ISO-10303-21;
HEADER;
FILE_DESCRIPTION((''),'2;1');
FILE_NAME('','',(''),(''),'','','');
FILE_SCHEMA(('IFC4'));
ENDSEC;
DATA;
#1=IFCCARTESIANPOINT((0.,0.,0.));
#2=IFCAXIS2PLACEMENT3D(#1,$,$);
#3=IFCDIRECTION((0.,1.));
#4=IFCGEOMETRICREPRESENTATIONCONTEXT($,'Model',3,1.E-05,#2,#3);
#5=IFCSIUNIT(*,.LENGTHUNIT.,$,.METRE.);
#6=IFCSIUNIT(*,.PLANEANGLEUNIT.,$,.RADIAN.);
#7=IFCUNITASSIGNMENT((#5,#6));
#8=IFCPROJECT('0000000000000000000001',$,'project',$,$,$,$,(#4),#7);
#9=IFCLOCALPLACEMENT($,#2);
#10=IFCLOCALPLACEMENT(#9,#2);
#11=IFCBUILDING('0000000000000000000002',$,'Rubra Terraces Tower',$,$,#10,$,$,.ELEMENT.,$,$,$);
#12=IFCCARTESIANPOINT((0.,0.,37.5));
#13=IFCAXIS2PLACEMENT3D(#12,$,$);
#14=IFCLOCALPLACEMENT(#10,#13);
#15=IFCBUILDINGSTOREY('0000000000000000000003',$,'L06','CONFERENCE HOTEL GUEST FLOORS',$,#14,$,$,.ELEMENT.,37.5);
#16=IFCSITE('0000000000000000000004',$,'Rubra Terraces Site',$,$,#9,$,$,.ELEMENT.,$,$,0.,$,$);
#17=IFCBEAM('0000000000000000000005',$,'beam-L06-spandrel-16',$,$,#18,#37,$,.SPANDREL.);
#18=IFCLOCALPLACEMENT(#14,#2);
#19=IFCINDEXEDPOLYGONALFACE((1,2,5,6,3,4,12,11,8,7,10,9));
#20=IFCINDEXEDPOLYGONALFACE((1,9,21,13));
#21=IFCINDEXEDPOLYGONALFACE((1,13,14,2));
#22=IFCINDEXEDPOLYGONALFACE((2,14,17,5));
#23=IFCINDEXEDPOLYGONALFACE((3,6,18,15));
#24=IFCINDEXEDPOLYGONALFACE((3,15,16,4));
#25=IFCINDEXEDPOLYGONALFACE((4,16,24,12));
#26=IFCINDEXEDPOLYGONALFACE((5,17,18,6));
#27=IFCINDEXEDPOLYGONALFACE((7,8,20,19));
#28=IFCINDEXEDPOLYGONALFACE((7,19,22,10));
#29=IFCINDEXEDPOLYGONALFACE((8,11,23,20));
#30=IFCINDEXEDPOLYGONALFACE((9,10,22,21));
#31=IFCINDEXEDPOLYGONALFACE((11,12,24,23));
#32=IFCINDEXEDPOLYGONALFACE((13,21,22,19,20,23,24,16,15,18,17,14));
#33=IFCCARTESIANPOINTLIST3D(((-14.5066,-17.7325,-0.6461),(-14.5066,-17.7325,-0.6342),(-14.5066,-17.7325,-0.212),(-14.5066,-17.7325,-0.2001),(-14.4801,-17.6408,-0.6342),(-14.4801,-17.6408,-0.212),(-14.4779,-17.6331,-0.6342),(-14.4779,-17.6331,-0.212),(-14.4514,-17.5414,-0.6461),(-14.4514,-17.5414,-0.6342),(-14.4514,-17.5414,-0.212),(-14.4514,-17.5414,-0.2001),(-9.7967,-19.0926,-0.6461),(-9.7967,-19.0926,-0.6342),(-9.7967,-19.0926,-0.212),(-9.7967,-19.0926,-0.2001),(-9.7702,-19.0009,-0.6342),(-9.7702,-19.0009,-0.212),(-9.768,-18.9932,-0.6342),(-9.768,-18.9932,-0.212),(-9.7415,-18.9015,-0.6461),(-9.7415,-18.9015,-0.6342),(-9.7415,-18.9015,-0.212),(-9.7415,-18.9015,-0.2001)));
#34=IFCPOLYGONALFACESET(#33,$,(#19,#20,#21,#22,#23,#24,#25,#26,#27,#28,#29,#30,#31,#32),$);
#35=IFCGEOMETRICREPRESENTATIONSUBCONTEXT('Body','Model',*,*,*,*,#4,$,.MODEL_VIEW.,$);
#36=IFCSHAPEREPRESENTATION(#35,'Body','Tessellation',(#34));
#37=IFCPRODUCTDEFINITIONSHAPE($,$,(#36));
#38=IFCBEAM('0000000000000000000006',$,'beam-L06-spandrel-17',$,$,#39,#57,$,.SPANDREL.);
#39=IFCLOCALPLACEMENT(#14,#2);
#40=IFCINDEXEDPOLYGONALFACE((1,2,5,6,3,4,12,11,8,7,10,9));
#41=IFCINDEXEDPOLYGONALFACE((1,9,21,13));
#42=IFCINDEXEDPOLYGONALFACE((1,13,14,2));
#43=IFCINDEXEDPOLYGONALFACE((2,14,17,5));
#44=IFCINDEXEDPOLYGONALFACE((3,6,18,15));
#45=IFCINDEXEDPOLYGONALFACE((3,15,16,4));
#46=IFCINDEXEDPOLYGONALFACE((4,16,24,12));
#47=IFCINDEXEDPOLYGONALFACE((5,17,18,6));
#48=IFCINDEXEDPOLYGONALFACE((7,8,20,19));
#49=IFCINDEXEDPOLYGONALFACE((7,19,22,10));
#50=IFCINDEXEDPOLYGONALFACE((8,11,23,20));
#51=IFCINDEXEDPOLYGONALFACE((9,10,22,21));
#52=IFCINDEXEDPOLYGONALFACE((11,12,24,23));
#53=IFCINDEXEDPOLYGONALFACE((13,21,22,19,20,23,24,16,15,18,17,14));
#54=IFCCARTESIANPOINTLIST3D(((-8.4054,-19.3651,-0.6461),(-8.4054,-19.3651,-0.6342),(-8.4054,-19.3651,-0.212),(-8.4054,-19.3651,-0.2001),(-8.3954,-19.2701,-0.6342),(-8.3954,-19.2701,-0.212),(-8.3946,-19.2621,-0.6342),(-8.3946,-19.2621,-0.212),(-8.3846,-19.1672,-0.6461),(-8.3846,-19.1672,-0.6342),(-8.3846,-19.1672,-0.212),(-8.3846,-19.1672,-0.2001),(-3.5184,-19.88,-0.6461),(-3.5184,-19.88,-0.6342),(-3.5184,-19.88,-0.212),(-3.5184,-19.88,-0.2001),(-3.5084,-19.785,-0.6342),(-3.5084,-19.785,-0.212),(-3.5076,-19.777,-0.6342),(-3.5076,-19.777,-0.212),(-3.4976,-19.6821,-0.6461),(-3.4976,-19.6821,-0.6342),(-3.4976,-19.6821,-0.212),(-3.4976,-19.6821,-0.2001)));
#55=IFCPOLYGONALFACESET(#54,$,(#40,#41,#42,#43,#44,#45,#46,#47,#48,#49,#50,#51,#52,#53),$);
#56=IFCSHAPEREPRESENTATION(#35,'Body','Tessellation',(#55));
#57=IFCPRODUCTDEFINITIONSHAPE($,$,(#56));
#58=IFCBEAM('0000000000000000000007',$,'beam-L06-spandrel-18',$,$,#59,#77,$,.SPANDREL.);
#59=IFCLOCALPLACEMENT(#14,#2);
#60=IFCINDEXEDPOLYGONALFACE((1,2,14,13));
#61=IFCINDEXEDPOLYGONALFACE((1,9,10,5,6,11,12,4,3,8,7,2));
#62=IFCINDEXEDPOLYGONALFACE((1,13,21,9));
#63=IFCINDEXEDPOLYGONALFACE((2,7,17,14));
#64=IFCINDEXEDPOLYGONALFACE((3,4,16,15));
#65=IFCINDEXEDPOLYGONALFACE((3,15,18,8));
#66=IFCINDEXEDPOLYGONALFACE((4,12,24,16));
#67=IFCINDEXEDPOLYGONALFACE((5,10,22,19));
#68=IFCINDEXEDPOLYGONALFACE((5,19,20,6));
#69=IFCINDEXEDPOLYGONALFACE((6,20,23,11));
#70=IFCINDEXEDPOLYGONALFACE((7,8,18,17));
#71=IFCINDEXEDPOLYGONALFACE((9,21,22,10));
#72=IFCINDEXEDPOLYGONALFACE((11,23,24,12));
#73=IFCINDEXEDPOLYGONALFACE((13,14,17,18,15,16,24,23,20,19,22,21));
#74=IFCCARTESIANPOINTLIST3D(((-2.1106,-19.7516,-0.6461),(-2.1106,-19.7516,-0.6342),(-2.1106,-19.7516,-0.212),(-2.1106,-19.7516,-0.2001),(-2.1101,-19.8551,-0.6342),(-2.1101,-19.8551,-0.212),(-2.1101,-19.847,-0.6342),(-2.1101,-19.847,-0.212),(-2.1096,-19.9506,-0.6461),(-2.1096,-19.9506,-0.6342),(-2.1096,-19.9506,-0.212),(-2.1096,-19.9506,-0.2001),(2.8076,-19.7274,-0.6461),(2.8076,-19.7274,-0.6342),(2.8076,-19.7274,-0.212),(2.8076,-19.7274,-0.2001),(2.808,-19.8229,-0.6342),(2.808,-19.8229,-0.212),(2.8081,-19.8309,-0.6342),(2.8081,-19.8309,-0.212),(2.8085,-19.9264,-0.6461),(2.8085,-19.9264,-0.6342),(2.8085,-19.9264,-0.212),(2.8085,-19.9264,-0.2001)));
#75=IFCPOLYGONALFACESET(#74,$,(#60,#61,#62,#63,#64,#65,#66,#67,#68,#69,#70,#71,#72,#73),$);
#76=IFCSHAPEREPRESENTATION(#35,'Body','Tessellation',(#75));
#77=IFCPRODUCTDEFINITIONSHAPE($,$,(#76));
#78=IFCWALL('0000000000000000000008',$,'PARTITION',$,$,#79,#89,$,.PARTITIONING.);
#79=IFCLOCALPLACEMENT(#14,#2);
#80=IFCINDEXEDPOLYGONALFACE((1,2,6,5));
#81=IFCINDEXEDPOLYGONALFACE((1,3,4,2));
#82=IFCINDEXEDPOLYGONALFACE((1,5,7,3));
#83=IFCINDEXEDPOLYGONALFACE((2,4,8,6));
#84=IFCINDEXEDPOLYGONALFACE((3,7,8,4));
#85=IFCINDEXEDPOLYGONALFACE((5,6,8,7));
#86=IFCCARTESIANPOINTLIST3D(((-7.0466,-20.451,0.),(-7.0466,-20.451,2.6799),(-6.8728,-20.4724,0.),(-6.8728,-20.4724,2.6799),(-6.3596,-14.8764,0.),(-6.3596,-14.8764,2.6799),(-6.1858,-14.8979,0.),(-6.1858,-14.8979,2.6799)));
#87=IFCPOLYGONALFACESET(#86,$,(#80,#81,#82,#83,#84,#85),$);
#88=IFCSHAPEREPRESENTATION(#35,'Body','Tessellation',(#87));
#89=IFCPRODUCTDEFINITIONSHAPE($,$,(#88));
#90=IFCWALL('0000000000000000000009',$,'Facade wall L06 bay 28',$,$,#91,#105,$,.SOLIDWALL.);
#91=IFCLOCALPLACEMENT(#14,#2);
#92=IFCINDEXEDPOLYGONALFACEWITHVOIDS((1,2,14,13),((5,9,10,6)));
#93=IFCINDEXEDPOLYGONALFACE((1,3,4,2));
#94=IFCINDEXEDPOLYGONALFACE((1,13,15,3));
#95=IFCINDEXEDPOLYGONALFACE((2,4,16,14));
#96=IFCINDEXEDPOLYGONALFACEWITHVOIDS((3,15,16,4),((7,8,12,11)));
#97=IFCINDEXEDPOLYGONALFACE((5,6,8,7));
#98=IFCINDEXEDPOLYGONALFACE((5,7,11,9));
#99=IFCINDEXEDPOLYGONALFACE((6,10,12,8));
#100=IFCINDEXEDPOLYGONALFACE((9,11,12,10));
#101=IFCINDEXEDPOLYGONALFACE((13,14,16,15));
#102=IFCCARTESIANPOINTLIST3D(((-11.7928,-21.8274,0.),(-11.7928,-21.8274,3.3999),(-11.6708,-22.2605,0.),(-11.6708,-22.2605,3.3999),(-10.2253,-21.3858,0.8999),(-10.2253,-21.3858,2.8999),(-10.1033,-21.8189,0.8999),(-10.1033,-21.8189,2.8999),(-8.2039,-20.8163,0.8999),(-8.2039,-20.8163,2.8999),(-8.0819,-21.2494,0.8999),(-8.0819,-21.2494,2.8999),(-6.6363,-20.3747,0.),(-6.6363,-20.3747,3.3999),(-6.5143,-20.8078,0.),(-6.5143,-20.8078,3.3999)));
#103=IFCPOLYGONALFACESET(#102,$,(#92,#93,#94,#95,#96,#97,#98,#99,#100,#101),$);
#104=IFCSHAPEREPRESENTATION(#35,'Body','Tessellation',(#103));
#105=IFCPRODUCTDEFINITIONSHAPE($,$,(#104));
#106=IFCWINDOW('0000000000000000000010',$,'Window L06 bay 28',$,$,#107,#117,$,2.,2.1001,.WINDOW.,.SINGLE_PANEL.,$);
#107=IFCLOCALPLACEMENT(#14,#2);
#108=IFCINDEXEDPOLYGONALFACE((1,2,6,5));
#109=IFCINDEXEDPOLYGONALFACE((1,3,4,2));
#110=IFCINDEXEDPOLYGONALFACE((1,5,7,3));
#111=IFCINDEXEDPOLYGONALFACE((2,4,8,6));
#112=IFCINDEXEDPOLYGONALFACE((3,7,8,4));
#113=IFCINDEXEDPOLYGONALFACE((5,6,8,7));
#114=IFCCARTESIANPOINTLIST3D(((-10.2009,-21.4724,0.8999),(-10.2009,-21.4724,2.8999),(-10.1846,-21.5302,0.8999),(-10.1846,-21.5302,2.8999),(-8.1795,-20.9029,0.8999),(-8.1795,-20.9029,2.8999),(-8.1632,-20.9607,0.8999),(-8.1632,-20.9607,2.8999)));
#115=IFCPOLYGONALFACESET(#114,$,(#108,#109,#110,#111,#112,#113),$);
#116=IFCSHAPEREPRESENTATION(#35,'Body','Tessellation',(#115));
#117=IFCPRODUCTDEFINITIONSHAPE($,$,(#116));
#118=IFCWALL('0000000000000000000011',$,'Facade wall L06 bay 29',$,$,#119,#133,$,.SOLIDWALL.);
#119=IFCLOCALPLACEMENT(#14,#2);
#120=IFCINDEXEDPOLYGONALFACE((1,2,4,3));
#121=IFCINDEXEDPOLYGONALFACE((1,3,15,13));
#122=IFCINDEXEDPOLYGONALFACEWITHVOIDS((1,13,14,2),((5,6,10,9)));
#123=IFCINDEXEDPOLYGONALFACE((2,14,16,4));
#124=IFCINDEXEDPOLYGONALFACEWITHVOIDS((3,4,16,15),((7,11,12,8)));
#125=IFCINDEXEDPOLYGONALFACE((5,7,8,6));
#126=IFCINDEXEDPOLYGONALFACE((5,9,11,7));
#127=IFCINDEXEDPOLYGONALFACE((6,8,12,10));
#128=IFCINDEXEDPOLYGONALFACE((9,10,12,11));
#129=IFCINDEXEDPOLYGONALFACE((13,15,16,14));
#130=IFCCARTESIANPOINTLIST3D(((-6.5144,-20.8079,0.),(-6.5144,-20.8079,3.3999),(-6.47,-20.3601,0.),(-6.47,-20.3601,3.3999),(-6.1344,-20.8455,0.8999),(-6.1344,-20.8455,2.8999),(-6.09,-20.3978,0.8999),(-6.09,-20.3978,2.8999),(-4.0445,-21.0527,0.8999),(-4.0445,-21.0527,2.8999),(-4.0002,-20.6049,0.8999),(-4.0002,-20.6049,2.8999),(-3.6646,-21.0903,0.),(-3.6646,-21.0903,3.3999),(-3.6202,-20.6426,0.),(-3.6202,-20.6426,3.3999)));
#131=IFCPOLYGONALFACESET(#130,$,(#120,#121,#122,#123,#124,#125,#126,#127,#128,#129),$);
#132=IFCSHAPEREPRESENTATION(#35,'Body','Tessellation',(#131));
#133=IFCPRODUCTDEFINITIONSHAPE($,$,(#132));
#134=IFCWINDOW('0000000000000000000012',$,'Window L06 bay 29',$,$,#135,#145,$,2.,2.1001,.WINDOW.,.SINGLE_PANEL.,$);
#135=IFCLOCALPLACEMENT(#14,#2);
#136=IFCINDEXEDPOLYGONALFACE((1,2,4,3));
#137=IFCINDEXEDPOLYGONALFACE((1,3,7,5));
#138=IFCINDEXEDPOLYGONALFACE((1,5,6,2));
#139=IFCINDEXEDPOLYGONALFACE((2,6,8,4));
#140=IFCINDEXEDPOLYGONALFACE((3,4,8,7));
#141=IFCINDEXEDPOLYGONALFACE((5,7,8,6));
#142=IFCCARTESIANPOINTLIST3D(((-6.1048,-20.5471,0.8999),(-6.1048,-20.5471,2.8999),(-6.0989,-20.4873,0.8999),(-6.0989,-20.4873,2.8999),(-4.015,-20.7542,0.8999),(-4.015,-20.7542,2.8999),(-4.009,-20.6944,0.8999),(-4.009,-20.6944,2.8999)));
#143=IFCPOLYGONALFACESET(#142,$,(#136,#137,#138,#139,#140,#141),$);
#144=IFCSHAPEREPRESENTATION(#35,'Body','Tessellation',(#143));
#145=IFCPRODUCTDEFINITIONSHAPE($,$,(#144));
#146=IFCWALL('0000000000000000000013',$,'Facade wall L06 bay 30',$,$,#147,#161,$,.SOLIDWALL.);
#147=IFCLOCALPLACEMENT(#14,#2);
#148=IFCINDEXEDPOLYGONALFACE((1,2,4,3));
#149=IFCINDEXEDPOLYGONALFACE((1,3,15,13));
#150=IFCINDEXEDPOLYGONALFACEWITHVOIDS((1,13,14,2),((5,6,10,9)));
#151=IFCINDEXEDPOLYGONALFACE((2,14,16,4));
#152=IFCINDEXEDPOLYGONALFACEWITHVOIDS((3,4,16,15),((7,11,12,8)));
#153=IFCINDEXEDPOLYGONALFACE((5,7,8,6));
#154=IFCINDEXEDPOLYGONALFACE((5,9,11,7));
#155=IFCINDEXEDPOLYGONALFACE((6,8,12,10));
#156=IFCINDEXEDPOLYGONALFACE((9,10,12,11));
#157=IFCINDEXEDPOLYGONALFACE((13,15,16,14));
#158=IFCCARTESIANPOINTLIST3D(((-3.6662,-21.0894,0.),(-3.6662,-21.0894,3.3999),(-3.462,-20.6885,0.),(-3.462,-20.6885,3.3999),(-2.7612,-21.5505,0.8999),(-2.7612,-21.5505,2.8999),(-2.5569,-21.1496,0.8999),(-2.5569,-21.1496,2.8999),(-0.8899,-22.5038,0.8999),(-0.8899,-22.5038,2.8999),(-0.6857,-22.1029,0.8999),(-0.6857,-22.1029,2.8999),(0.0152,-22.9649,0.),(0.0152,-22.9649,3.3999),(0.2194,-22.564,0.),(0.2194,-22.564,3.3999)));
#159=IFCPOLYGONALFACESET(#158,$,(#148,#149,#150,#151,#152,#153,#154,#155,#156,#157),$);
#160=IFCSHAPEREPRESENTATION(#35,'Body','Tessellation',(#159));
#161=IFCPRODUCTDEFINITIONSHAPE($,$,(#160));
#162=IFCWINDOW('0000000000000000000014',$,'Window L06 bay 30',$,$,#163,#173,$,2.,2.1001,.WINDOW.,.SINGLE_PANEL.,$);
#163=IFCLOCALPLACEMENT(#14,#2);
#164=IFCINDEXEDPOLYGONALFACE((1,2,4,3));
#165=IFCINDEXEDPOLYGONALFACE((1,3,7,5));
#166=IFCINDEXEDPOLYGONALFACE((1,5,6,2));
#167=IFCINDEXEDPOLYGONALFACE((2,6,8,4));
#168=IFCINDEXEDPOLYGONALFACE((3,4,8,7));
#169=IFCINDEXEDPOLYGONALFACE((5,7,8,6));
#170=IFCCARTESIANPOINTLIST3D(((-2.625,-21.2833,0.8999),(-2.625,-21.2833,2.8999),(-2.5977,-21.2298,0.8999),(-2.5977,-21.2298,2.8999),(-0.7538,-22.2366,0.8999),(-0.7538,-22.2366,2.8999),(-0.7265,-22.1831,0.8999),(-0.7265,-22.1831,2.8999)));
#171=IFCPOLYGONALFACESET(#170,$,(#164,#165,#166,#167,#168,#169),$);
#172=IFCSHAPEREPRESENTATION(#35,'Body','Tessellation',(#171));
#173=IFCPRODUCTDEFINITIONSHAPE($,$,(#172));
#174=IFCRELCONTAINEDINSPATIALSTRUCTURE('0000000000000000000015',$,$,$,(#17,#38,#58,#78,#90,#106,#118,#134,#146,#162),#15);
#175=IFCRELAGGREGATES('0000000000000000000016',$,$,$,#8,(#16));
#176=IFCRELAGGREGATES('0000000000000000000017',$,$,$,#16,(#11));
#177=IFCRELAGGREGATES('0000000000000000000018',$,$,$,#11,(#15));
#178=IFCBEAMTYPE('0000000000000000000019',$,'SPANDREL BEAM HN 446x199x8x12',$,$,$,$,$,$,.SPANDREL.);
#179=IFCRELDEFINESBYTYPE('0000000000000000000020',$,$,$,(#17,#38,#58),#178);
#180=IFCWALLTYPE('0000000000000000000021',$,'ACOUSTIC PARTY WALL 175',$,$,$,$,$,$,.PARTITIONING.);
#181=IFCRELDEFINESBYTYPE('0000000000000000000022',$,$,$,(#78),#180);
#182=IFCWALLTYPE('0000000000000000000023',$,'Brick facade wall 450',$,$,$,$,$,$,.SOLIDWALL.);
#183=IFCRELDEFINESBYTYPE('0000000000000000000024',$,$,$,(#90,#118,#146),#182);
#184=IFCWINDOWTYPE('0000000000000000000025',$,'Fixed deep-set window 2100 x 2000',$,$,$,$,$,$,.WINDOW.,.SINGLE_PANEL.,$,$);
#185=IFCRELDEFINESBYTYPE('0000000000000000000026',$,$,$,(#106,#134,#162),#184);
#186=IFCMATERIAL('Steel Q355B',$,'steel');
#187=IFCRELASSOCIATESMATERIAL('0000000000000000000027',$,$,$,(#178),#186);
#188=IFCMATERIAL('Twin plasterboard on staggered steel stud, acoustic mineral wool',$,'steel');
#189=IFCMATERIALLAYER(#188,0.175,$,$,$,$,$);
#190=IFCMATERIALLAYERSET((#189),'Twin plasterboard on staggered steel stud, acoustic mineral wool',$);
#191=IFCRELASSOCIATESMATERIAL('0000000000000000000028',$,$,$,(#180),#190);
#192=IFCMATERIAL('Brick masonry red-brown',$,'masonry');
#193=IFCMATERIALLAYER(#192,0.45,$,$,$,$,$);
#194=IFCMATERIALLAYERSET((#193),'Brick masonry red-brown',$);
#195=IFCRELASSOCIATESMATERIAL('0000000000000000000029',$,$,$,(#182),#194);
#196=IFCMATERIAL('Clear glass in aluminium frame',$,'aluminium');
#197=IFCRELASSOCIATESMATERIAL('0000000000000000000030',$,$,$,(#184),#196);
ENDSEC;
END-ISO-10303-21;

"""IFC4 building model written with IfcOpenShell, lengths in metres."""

from ifc_helpers import new_model, si_unit, direction, frame, frame_2d, origin, origin_2d, place, context, subcontext, project, spatial, rectangle, i_section, extrude, material, layer, layer_set, material_profile, profile_set, type_object, element, fill, save


model = new_model("IFC4")

# Units and contexts
model_context = context("Model", 3, precision=1e-05, world=origin(), true_north=direction((0.0, 1.0)))
body_context = subcontext(model_context, "Body", "Model", "MODEL_VIEW")
ifc_project = project(units=[si_unit("LENGTHUNIT", "METRE"), si_unit("PLANEANGLEUNIT", "RADIAN")], contexts=[model_context])

# Site, building, storey
site_placement = place(None, origin())
site = spatial("IfcSite", under=ifc_project, at=site_placement, Name="Rubra Terraces Site", CompositionType="ELEMENT", RefElevation=0.0)
building_placement = place(site_placement, origin())
building = spatial("IfcBuilding", under=site, at=building_placement, Name="Rubra Terraces Tower", CompositionType="ELEMENT")
storey_placement = place(building_placement, frame((0.0, 0.0, 37.5)))
storey = spatial("IfcBuildingStorey", under=building, at=storey_placement, Name="L06", Description="CONFERENCE HOTEL GUEST FLOORS", CompositionType="ELEMENT", Elevation=37.5)

# Beams
ifc_material_1 = material(Name="Steel Q355B", Category="steel")
ifc_material_profile_1 = material_profile(ifc_material_1, i_section(OverallWidth=0.199, OverallDepth=0.446, WebThickness=0.0081, FlangeThickness=0.012, at=origin_2d()), Name="HN 446x199x8x12")
ifc_profile_set_1 = profile_set([ifc_material_profile_1], Name="Steel Q355B")
beam_type_1 = type_object("IfcBeamType", Name="SPANDREL BEAM HN 446x199x8x12", PredefinedType="SPANDREL", material=ifc_profile_set_1)
beam_1_placement = place(storey_placement, frame((-14.479, -17.637, -0.4231), z_axis=(0.960744, -0.277436, 0.0), x_axis=(0.277436, 0.960744, 0.0)))
element("IfcBeam", 1, at=beam_1_placement, inside=storey, type_object=beam_type_1, Name="beam-L06-spandrel-16", PredefinedType="SPANDREL", context=body_context, shape_type="SweptSolid", body=[
    extrude(i_section(OverallWidth=0.199, OverallDepth=0.446, WebThickness=0.0081, FlangeThickness=0.012, at=origin_2d()), origin(), (0.0, 0.0, 1.0), 4.9023),
])
beam_2_placement = place(storey_placement, frame((-8.395, -19.2661, -0.4231), z_axis=(0.994495, -0.10478, 0.0), x_axis=(0.10478, 0.994495, 0.0)))
element("IfcBeam", 2, at=beam_2_placement, inside=storey, type_object=beam_type_1, Name="beam-L06-spandrel-17", PredefinedType="SPANDREL", context=body_context, shape_type="SweptSolid", body=[
    extrude(i_section(OverallWidth=0.199, OverallDepth=0.446, WebThickness=0.0081, FlangeThickness=0.012, at=origin_2d()), origin(), (0.0, 0.0, 1.0), 4.9141),
])
beam_3_placement = place(storey_placement, frame((-2.1101, -19.8511, -0.4231), z_axis=(0.999988, 0.004914, 0.0), x_axis=(-0.004914, 0.999988, 0.0)))
element("IfcBeam", 3, at=beam_3_placement, inside=storey, type_object=beam_type_1, Name="beam-L06-spandrel-18", PredefinedType="SPANDREL", context=body_context, shape_type="SweptSolid", body=[
    extrude(i_section(OverallWidth=0.199, OverallDepth=0.446, WebThickness=0.0081, FlangeThickness=0.012, at=origin_2d()), origin(), (0.0, 0.0, 1.0), 4.9182),
])

# Wall
ifc_material_2 = material(Name="Twin plasterboard on staggered steel stud, acoustic mineral wool", Category="steel")
ifc_layer_1 = layer(ifc_material_2, 0.175)
ifc_layer_set_1 = layer_set([ifc_layer_1], Name="Twin plasterboard on staggered steel stud, acoustic mineral wool")
wall_type_1 = type_object("IfcWallType", Name="ACOUSTIC PARTY WALL 175", PredefinedType="PARTITIONING", material=ifc_layer_set_1)
wall_1_placement = place(storey_placement, frame((-6.9597, -20.4617, 0.0), z_axis=(0.0, 0.0, 1.0), x_axis=(0.122317, 0.992491, 0.0)))
element("IfcWall", 4, at=wall_1_placement, inside=storey, type_object=wall_type_1, Name="PARTITION", PredefinedType="PARTITIONING", context=body_context, shape_type="SweptSolid", body=[
    extrude(rectangle(XDim=5.6167, YDim=0.175, at=frame_2d((2.8083, 0.0))), origin(), (0.0, 0.0, 1.0), 2.6799),
])

# Walls, openings, windows
ifc_material_3 = material(Name="Brick masonry red-brown", Category="masonry")
ifc_layer_2 = layer(ifc_material_3, 0.45)
ifc_layer_set_2 = layer_set([ifc_layer_2], Name="Brick masonry red-brown")
wall_type_2 = type_object("IfcWallType", Name="Brick facade wall 450", PredefinedType="SOLIDWALL", material=ifc_layer_set_2)
wall_2_placement = place(storey_placement, frame((-11.7319, -22.0439, 0.0), z_axis=(0.0, 0.0, 1.0), x_axis=(0.962535, 0.271156, 0.0)))
wall_2 = element("IfcWall", 5, at=wall_2_placement, inside=storey, type_object=wall_type_2, Name="Facade wall L06 bay 28", PredefinedType="SOLIDWALL", context=body_context, shape_type="SweptSolid", body=[
    extrude(rectangle(XDim=5.3572, YDim=0.45, at=frame_2d((2.6787, 0.0))), origin(), (0.0, 0.0, 1.0), 3.3999),
])
opening_1_placement = place(wall_2_placement, frame((1.6287, 0.0, 0.8999)))
opening_1 = element("IfcOpeningElement", 6, at=opening_1_placement, cuts=wall_2, PredefinedType="OPENING", context=body_context, shape_type="SweptSolid", body=[
    extrude(rectangle(XDim=2.1001, YDim=2.0, at=frame_2d((1.05, 1.0))), frame((0.0, 0.2349, 0.0), z_axis=(0.0, -1.0, 0.0), x_axis=(1.0, 0.0, 0.0)), (0.0, 0.0, 1.0), 0.47),
])
ifc_material_4 = material(Name="Clear glass in aluminium frame", Category="aluminium")
window_type = type_object("IfcWindowType", Name="Fixed deep-set window 2100 x 2000", PartitioningType="SINGLE_PANEL", PredefinedType="WINDOW", material=ifc_material_4)
window_1_placement = place(opening_1_placement, origin())
window_1 = element("IfcWindow", 7, at=window_1_placement, inside=storey, type_object=window_type, Name="Window L06 bay 28", OverallHeight=2.0, OverallWidth=2.1001, PartitioningType="SINGLE_PANEL", PredefinedType="WINDOW", context=body_context, shape_type="SweptSolid", body=[
    extrude(rectangle(XDim=2.1001, YDim=2.0, at=frame_2d((1.05, 1.0))), frame((0.0, 0.135, 0.0), z_axis=(0.0, -1.0, 0.0), x_axis=(1.0, 0.0, 0.0)), (0.0, 0.0, 1.0), 0.0601),
])
fill(opening_1, window_1)
wall_3_placement = place(storey_placement, frame((-6.4922, -20.584, 0.0), z_axis=(0.0, 0.0, 1.0), x_axis=(0.995124, -0.098634, 0.0)))
wall_3 = element("IfcWall", 8, at=wall_3_placement, inside=storey, type_object=wall_type_2, Name="Facade wall L06 bay 29", PredefinedType="SOLIDWALL", context=body_context, shape_type="SweptSolid", body=[
    extrude(rectangle(XDim=2.8638, YDim=0.45, at=frame_2d((1.4319, 0.0))), origin(), (0.0, 0.0, 1.0), 3.3999),
])
opening_2_placement = place(wall_3_placement, frame((0.3818, 0.0, 0.8999)))
opening_2 = element("IfcOpeningElement", 9, at=opening_2_placement, cuts=wall_3, PredefinedType="OPENING", context=body_context, shape_type="SweptSolid", body=[
    extrude(rectangle(XDim=2.1001, YDim=2.0, at=frame_2d((1.05, 1.0))), frame((0.0, 0.2349, 0.0), z_axis=(0.0, -1.0, 0.0), x_axis=(1.0, 0.0, 0.0)), (0.0, 0.0, 1.0), 0.47),
])
window_2_placement = place(opening_2_placement, origin())
window_2 = element("IfcWindow", 10, at=window_2_placement, inside=storey, type_object=window_type, Name="Window L06 bay 29", OverallHeight=2.0, OverallWidth=2.1001, PartitioningType="SINGLE_PANEL", PredefinedType="WINDOW", context=body_context, shape_type="SweptSolid", body=[
    extrude(rectangle(XDim=2.1001, YDim=2.0, at=frame_2d((1.05, 1.0))), frame((0.0, 0.135, 0.0), z_axis=(0.0, -1.0, 0.0), x_axis=(1.0, 0.0, 0.0)), (0.0, 0.0, 1.0), 0.0601),
])
fill(opening_2, window_2)
wall_4_placement = place(storey_placement, frame((-3.5642, -20.8889, 0.0), z_axis=(0.0, 0.0, 1.0), x_axis=(0.891034, -0.453937, 0.0)))
wall_4 = element("IfcWall", 11, at=wall_4_placement, inside=storey, type_object=wall_type_2, Name="Facade wall L06 bay 30", PredefinedType="SOLIDWALL", context=body_context, shape_type="SweptSolid", body=[
    extrude(rectangle(XDim=4.1316, YDim=0.45, at=frame_2d((2.0659, 0.0))), origin(), (0.0, 0.0, 1.0), 3.3999),
])
opening_3_placement = place(wall_4_placement, frame((1.0159, 0.0, 0.8999)))
opening_3 = element("IfcOpeningElement", 12, at=opening_3_placement, cuts=wall_4, PredefinedType="OPENING", context=body_context, shape_type="SweptSolid", body=[
    extrude(rectangle(XDim=2.1001, YDim=2.0, at=frame_2d((1.05, 1.0))), frame((0.0, 0.2349, 0.0), z_axis=(0.0, -1.0, 0.0), x_axis=(1.0, 0.0, 0.0)), (0.0, 0.0, 1.0), 0.47),
])
window_3_placement = place(opening_3_placement, origin())
window_3 = element("IfcWindow", 13, at=window_3_placement, inside=storey, type_object=window_type, Name="Window L06 bay 30", OverallHeight=2.0, OverallWidth=2.1001, PartitioningType="SINGLE_PANEL", PredefinedType="WINDOW", context=body_context, shape_type="SweptSolid", body=[
    extrude(rectangle(XDim=2.1001, YDim=2.0, at=frame_2d((1.05, 1.0))), frame((0.0, 0.135, 0.0), z_axis=(0.0, -1.0, 0.0), x_axis=(1.0, 0.0, 0.0)), (0.0, 0.0, 1.0), 0.0601),
])
fill(opening_3, window_3)

save(model, "model.ifc")
